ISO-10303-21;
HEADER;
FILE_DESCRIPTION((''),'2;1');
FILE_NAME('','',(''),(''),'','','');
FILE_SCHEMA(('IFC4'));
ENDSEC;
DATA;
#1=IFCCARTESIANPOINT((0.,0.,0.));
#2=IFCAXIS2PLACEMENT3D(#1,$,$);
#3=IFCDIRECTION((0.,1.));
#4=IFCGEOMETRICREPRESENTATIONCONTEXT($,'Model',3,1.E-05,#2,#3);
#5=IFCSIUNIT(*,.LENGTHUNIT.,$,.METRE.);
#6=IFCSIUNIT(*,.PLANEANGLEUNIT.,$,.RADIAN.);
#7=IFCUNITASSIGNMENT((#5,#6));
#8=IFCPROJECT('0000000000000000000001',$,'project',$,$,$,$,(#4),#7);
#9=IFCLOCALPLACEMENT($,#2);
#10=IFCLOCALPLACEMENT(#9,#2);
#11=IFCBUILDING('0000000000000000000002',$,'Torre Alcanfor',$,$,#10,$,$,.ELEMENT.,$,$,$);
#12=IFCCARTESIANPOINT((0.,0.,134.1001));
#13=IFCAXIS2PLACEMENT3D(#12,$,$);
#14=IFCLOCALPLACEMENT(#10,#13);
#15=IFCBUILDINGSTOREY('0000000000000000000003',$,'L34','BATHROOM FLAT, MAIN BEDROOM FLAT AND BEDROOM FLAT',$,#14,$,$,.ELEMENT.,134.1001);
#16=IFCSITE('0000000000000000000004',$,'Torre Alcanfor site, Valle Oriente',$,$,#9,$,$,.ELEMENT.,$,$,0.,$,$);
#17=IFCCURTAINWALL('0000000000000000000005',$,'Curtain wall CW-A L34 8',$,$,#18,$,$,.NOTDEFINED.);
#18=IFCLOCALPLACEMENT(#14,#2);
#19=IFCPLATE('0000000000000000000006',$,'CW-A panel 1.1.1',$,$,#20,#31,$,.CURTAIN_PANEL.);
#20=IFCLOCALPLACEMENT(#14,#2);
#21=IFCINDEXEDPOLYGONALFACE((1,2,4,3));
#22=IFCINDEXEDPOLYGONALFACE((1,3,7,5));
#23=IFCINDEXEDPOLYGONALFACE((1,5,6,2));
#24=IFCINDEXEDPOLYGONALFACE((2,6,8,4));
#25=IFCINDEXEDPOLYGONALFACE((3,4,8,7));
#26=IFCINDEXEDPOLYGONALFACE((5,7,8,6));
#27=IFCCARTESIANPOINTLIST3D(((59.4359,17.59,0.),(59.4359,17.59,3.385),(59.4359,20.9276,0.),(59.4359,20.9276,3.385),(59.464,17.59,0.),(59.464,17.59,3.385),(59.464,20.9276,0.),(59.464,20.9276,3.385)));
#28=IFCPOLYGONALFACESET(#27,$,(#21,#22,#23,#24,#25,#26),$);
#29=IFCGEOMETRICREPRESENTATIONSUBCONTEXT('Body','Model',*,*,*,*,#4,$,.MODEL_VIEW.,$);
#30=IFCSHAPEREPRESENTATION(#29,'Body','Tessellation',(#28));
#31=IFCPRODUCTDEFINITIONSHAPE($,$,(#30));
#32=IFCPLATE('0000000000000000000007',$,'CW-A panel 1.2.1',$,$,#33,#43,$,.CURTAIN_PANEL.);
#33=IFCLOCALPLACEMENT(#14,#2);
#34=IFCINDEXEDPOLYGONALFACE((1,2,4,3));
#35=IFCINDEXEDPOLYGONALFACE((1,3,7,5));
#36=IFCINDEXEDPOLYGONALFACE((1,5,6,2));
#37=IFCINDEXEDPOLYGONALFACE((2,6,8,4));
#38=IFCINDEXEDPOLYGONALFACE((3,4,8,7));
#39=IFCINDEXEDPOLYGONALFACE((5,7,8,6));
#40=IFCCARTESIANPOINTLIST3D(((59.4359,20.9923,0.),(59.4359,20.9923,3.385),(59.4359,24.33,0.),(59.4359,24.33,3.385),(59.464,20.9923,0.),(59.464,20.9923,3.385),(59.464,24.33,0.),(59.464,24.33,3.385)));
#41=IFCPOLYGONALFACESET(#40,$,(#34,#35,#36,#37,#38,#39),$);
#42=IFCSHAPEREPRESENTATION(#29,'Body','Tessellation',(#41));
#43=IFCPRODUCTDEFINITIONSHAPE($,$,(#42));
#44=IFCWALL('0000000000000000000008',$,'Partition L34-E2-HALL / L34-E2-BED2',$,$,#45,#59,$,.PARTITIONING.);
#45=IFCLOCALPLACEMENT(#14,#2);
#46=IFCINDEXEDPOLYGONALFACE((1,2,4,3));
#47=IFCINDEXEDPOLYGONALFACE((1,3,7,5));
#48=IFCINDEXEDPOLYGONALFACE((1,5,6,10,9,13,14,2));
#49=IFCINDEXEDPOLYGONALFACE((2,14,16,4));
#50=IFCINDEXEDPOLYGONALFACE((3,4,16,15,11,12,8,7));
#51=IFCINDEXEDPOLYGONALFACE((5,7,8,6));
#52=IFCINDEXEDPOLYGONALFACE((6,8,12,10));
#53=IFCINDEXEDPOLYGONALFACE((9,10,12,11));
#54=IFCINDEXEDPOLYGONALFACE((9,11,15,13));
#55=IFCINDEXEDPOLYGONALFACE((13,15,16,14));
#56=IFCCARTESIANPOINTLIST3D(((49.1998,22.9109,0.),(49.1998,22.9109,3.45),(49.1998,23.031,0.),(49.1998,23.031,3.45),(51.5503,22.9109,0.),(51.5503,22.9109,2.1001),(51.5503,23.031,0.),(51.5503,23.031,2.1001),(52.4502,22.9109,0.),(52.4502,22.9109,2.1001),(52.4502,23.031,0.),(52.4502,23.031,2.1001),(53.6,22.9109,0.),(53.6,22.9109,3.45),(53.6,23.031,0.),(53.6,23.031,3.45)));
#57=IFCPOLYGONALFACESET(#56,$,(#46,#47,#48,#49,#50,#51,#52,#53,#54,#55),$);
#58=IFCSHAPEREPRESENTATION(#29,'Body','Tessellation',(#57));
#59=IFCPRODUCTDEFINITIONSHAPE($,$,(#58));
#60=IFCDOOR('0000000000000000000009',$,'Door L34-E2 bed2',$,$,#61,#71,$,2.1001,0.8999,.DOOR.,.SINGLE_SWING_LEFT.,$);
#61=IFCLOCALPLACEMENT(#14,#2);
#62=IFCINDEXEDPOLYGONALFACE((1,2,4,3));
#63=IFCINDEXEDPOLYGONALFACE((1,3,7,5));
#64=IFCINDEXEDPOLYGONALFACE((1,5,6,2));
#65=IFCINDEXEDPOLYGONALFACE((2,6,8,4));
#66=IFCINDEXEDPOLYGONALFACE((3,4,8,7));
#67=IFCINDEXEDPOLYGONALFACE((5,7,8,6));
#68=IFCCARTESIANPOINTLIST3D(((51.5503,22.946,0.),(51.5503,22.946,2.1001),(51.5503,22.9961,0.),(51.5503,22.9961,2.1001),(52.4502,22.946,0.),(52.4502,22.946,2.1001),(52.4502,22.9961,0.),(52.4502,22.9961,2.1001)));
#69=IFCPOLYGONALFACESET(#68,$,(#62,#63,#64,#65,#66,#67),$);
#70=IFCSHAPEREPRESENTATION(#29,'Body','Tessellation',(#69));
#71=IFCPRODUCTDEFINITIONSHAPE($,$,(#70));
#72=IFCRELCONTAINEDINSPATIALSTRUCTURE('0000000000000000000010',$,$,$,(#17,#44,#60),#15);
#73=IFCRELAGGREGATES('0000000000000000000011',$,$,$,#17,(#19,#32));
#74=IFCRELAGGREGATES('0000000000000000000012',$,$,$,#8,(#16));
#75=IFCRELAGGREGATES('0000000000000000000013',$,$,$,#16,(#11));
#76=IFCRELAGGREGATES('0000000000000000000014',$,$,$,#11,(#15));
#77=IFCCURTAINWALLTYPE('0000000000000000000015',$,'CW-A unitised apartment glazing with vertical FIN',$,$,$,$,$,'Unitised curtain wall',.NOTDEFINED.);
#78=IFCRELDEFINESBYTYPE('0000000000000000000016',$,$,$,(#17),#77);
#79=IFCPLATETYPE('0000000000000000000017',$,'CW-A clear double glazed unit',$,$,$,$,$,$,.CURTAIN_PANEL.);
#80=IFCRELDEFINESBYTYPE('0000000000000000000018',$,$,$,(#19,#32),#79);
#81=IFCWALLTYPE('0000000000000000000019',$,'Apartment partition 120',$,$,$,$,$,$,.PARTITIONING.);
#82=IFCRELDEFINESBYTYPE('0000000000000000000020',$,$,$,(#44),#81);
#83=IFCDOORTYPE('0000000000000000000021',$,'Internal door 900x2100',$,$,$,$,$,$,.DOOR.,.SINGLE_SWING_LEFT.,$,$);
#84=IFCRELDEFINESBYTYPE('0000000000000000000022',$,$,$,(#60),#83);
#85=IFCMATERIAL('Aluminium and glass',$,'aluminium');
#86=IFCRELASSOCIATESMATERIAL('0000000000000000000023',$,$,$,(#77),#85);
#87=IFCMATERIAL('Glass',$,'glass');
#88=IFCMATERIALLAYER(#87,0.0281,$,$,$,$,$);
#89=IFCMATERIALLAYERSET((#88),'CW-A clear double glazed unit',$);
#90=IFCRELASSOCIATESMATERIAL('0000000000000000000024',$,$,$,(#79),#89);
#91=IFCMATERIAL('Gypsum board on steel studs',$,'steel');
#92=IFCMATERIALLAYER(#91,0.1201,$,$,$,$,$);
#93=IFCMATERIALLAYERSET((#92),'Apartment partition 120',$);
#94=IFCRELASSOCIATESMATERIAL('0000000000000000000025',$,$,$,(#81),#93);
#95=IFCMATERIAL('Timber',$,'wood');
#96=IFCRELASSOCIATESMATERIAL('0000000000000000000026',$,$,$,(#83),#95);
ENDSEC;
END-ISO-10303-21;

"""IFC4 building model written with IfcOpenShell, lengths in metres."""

from ifc_helpers import new_model, si_unit, direction, frame, frame_2d, origin, origin_2d, place, context, subcontext, project, spatial, rectangle, extrude, material, layer, layer_set, type_object, element, fill, aggregate, save


model = new_model("IFC4")

# Units and contexts
model_context = context("Model", 3, precision=1e-05, world=origin(), true_north=direction((0.0, 1.0)))
body_context = subcontext(model_context, "Body", "Model", "MODEL_VIEW")
ifc_project = project(units=[si_unit("LENGTHUNIT", "METRE"), si_unit("PLANEANGLEUNIT", "RADIAN")], contexts=[model_context])

# Site, building, storey
site_placement = place(None, origin())
site = spatial("IfcSite", under=ifc_project, at=site_placement, Name="Torre Alcanfor site, Valle Oriente", CompositionType="ELEMENT", RefElevation=0.0)
building_placement = place(site_placement, origin())
building = spatial("IfcBuilding", under=site, at=building_placement, Name="Torre Alcanfor", CompositionType="ELEMENT")
storey_placement = place(building_placement, frame((0.0, 0.0, 134.1001)))
storey = spatial("IfcBuildingStorey", under=building, at=storey_placement, Name="L34", Description="BATHROOM FLAT, MAIN BEDROOM FLAT AND BEDROOM FLAT", CompositionType="ELEMENT", Elevation=134.1001)

# Curtain wall
ifc_material_1 = material(Name="Aluminium and glass", Category="aluminium")
curtain_wall_type = type_object("IfcCurtainWallType", Name="CW-A unitised apartment glazing with vertical FIN", ElementType="Unitised curtain wall", PredefinedType="NOTDEFINED", material=ifc_material_1)
curtain_wall_placement = place(storey_placement, origin())
curtain_wall = element("IfcCurtainWall", 1, at=curtain_wall_placement, inside=storey, type_object=curtain_wall_type, Name="Curtain wall CW-A L34 8", PredefinedType="NOTDEFINED")

# Plates
ifc_material_2 = material(Name="Glass", Category="glass")
ifc_layer_1 = layer(ifc_material_2, 0.0281)
ifc_layer_set_1 = layer_set([ifc_layer_1], Name="CW-A clear double glazed unit")
plate_type = type_object("IfcPlateType", Name="CW-A clear double glazed unit", PredefinedType="CURTAIN_PANEL", material=ifc_layer_set_1)
plate_1_placement = place(storey_placement, frame((59.45, 19.2588, 0.0), z_axis=(0.0, 0.0, 1.0), x_axis=(0.0, 1.0, 0.0)))
plate_1 = element("IfcPlate", 2, at=plate_1_placement, type_object=plate_type, Name="CW-A panel 1.1.1", PredefinedType="CURTAIN_PANEL", context=body_context, shape_type="SweptSolid", body=[
    extrude(rectangle(XDim=3.3376, YDim=0.0281, at=origin_2d()), origin(), (0.0, 0.0, 1.0), 3.385),
])
plate_2_placement = place(storey_placement, frame((59.45, 22.6611, 0.0), z_axis=(0.0, 0.0, 1.0), x_axis=(0.0, 1.0, 0.0)))
plate_2 = element("IfcPlate", 3, at=plate_2_placement, type_object=plate_type, Name="CW-A panel 1.2.1", PredefinedType="CURTAIN_PANEL", context=body_context, shape_type="SweptSolid", body=[
    extrude(rectangle(XDim=3.3376, YDim=0.0281, at=origin_2d()), origin(), (0.0, 0.0, 1.0), 3.385),
])
aggregate(curtain_wall, [plate_1, plate_2])

# Wall, opening, door
ifc_material_3 = material(Name="Gypsum board on steel studs", Category="steel")
ifc_layer_2 = layer(ifc_material_3, 0.1201)
ifc_layer_set_2 = layer_set([ifc_layer_2], Name="Apartment partition 120")
wall_type_1 = type_object("IfcWallType", Name="Apartment partition 120", PredefinedType="PARTITIONING", material=ifc_layer_set_2)
wall_1_placement = place(storey_placement, frame((53.6001, 22.9709, 0.0), z_axis=(0.0, 0.0, 1.0), x_axis=(-1.0, 0.0, 0.0)))
wall_1 = element("IfcWall", 4, at=wall_1_placement, inside=storey, type_object=wall_type_1, Name="Partition L34-E2-HALL / L34-E2-BED2", PredefinedType="PARTITIONING", context=body_context, shape_type="SweptSolid", body=[
    extrude(rectangle(XDim=4.4001, YDim=0.1201, at=frame_2d((2.2002, 0.0))), origin(), (0.0, 0.0, 1.0), 3.45),
])
opening_placement = place(wall_1_placement, frame((1.1499, 0.0, 0.0)))
opening = element("IfcOpeningElement", 5, at=opening_placement, cuts=wall_1, PredefinedType="OPENING", context=body_context, shape_type="SweptSolid", body=[
    extrude(rectangle(XDim=0.8999, YDim=2.1001, at=frame_2d((0.45, 1.05))), frame((0.0, 0.0701, 0.0), z_axis=(0.0, -1.0, 0.0), x_axis=(1.0, 0.0, 0.0)), (0.0, 0.0, 1.0), 0.1401),
])
ifc_material_4 = material(Name="Timber", Category="wood")
door_type = type_object("IfcDoorType", Name="Internal door 900x2100", OperationType="SINGLE_SWING_LEFT", PredefinedType="DOOR", material=ifc_material_4)
door_placement = place(opening_placement, origin())
door = element("IfcDoor", 6, at=door_placement, inside=storey, type_object=door_type, Name="Door L34-E2 bed2", OperationType="SINGLE_SWING_LEFT", OverallHeight=2.1001, OverallWidth=0.8999, PredefinedType="DOOR", context=body_context, shape_type="SweptSolid", body=[
    extrude(rectangle(XDim=0.8999, YDim=2.1001, at=frame_2d((0.45, 1.05))), frame((0.0, 0.0249, 0.0), z_axis=(0.0, -1.0, 0.0), x_axis=(1.0, 0.0, 0.0)), (0.0, 0.0, 1.0), 0.05),
])
fill(opening, door)

save(model, "model.ifc")
